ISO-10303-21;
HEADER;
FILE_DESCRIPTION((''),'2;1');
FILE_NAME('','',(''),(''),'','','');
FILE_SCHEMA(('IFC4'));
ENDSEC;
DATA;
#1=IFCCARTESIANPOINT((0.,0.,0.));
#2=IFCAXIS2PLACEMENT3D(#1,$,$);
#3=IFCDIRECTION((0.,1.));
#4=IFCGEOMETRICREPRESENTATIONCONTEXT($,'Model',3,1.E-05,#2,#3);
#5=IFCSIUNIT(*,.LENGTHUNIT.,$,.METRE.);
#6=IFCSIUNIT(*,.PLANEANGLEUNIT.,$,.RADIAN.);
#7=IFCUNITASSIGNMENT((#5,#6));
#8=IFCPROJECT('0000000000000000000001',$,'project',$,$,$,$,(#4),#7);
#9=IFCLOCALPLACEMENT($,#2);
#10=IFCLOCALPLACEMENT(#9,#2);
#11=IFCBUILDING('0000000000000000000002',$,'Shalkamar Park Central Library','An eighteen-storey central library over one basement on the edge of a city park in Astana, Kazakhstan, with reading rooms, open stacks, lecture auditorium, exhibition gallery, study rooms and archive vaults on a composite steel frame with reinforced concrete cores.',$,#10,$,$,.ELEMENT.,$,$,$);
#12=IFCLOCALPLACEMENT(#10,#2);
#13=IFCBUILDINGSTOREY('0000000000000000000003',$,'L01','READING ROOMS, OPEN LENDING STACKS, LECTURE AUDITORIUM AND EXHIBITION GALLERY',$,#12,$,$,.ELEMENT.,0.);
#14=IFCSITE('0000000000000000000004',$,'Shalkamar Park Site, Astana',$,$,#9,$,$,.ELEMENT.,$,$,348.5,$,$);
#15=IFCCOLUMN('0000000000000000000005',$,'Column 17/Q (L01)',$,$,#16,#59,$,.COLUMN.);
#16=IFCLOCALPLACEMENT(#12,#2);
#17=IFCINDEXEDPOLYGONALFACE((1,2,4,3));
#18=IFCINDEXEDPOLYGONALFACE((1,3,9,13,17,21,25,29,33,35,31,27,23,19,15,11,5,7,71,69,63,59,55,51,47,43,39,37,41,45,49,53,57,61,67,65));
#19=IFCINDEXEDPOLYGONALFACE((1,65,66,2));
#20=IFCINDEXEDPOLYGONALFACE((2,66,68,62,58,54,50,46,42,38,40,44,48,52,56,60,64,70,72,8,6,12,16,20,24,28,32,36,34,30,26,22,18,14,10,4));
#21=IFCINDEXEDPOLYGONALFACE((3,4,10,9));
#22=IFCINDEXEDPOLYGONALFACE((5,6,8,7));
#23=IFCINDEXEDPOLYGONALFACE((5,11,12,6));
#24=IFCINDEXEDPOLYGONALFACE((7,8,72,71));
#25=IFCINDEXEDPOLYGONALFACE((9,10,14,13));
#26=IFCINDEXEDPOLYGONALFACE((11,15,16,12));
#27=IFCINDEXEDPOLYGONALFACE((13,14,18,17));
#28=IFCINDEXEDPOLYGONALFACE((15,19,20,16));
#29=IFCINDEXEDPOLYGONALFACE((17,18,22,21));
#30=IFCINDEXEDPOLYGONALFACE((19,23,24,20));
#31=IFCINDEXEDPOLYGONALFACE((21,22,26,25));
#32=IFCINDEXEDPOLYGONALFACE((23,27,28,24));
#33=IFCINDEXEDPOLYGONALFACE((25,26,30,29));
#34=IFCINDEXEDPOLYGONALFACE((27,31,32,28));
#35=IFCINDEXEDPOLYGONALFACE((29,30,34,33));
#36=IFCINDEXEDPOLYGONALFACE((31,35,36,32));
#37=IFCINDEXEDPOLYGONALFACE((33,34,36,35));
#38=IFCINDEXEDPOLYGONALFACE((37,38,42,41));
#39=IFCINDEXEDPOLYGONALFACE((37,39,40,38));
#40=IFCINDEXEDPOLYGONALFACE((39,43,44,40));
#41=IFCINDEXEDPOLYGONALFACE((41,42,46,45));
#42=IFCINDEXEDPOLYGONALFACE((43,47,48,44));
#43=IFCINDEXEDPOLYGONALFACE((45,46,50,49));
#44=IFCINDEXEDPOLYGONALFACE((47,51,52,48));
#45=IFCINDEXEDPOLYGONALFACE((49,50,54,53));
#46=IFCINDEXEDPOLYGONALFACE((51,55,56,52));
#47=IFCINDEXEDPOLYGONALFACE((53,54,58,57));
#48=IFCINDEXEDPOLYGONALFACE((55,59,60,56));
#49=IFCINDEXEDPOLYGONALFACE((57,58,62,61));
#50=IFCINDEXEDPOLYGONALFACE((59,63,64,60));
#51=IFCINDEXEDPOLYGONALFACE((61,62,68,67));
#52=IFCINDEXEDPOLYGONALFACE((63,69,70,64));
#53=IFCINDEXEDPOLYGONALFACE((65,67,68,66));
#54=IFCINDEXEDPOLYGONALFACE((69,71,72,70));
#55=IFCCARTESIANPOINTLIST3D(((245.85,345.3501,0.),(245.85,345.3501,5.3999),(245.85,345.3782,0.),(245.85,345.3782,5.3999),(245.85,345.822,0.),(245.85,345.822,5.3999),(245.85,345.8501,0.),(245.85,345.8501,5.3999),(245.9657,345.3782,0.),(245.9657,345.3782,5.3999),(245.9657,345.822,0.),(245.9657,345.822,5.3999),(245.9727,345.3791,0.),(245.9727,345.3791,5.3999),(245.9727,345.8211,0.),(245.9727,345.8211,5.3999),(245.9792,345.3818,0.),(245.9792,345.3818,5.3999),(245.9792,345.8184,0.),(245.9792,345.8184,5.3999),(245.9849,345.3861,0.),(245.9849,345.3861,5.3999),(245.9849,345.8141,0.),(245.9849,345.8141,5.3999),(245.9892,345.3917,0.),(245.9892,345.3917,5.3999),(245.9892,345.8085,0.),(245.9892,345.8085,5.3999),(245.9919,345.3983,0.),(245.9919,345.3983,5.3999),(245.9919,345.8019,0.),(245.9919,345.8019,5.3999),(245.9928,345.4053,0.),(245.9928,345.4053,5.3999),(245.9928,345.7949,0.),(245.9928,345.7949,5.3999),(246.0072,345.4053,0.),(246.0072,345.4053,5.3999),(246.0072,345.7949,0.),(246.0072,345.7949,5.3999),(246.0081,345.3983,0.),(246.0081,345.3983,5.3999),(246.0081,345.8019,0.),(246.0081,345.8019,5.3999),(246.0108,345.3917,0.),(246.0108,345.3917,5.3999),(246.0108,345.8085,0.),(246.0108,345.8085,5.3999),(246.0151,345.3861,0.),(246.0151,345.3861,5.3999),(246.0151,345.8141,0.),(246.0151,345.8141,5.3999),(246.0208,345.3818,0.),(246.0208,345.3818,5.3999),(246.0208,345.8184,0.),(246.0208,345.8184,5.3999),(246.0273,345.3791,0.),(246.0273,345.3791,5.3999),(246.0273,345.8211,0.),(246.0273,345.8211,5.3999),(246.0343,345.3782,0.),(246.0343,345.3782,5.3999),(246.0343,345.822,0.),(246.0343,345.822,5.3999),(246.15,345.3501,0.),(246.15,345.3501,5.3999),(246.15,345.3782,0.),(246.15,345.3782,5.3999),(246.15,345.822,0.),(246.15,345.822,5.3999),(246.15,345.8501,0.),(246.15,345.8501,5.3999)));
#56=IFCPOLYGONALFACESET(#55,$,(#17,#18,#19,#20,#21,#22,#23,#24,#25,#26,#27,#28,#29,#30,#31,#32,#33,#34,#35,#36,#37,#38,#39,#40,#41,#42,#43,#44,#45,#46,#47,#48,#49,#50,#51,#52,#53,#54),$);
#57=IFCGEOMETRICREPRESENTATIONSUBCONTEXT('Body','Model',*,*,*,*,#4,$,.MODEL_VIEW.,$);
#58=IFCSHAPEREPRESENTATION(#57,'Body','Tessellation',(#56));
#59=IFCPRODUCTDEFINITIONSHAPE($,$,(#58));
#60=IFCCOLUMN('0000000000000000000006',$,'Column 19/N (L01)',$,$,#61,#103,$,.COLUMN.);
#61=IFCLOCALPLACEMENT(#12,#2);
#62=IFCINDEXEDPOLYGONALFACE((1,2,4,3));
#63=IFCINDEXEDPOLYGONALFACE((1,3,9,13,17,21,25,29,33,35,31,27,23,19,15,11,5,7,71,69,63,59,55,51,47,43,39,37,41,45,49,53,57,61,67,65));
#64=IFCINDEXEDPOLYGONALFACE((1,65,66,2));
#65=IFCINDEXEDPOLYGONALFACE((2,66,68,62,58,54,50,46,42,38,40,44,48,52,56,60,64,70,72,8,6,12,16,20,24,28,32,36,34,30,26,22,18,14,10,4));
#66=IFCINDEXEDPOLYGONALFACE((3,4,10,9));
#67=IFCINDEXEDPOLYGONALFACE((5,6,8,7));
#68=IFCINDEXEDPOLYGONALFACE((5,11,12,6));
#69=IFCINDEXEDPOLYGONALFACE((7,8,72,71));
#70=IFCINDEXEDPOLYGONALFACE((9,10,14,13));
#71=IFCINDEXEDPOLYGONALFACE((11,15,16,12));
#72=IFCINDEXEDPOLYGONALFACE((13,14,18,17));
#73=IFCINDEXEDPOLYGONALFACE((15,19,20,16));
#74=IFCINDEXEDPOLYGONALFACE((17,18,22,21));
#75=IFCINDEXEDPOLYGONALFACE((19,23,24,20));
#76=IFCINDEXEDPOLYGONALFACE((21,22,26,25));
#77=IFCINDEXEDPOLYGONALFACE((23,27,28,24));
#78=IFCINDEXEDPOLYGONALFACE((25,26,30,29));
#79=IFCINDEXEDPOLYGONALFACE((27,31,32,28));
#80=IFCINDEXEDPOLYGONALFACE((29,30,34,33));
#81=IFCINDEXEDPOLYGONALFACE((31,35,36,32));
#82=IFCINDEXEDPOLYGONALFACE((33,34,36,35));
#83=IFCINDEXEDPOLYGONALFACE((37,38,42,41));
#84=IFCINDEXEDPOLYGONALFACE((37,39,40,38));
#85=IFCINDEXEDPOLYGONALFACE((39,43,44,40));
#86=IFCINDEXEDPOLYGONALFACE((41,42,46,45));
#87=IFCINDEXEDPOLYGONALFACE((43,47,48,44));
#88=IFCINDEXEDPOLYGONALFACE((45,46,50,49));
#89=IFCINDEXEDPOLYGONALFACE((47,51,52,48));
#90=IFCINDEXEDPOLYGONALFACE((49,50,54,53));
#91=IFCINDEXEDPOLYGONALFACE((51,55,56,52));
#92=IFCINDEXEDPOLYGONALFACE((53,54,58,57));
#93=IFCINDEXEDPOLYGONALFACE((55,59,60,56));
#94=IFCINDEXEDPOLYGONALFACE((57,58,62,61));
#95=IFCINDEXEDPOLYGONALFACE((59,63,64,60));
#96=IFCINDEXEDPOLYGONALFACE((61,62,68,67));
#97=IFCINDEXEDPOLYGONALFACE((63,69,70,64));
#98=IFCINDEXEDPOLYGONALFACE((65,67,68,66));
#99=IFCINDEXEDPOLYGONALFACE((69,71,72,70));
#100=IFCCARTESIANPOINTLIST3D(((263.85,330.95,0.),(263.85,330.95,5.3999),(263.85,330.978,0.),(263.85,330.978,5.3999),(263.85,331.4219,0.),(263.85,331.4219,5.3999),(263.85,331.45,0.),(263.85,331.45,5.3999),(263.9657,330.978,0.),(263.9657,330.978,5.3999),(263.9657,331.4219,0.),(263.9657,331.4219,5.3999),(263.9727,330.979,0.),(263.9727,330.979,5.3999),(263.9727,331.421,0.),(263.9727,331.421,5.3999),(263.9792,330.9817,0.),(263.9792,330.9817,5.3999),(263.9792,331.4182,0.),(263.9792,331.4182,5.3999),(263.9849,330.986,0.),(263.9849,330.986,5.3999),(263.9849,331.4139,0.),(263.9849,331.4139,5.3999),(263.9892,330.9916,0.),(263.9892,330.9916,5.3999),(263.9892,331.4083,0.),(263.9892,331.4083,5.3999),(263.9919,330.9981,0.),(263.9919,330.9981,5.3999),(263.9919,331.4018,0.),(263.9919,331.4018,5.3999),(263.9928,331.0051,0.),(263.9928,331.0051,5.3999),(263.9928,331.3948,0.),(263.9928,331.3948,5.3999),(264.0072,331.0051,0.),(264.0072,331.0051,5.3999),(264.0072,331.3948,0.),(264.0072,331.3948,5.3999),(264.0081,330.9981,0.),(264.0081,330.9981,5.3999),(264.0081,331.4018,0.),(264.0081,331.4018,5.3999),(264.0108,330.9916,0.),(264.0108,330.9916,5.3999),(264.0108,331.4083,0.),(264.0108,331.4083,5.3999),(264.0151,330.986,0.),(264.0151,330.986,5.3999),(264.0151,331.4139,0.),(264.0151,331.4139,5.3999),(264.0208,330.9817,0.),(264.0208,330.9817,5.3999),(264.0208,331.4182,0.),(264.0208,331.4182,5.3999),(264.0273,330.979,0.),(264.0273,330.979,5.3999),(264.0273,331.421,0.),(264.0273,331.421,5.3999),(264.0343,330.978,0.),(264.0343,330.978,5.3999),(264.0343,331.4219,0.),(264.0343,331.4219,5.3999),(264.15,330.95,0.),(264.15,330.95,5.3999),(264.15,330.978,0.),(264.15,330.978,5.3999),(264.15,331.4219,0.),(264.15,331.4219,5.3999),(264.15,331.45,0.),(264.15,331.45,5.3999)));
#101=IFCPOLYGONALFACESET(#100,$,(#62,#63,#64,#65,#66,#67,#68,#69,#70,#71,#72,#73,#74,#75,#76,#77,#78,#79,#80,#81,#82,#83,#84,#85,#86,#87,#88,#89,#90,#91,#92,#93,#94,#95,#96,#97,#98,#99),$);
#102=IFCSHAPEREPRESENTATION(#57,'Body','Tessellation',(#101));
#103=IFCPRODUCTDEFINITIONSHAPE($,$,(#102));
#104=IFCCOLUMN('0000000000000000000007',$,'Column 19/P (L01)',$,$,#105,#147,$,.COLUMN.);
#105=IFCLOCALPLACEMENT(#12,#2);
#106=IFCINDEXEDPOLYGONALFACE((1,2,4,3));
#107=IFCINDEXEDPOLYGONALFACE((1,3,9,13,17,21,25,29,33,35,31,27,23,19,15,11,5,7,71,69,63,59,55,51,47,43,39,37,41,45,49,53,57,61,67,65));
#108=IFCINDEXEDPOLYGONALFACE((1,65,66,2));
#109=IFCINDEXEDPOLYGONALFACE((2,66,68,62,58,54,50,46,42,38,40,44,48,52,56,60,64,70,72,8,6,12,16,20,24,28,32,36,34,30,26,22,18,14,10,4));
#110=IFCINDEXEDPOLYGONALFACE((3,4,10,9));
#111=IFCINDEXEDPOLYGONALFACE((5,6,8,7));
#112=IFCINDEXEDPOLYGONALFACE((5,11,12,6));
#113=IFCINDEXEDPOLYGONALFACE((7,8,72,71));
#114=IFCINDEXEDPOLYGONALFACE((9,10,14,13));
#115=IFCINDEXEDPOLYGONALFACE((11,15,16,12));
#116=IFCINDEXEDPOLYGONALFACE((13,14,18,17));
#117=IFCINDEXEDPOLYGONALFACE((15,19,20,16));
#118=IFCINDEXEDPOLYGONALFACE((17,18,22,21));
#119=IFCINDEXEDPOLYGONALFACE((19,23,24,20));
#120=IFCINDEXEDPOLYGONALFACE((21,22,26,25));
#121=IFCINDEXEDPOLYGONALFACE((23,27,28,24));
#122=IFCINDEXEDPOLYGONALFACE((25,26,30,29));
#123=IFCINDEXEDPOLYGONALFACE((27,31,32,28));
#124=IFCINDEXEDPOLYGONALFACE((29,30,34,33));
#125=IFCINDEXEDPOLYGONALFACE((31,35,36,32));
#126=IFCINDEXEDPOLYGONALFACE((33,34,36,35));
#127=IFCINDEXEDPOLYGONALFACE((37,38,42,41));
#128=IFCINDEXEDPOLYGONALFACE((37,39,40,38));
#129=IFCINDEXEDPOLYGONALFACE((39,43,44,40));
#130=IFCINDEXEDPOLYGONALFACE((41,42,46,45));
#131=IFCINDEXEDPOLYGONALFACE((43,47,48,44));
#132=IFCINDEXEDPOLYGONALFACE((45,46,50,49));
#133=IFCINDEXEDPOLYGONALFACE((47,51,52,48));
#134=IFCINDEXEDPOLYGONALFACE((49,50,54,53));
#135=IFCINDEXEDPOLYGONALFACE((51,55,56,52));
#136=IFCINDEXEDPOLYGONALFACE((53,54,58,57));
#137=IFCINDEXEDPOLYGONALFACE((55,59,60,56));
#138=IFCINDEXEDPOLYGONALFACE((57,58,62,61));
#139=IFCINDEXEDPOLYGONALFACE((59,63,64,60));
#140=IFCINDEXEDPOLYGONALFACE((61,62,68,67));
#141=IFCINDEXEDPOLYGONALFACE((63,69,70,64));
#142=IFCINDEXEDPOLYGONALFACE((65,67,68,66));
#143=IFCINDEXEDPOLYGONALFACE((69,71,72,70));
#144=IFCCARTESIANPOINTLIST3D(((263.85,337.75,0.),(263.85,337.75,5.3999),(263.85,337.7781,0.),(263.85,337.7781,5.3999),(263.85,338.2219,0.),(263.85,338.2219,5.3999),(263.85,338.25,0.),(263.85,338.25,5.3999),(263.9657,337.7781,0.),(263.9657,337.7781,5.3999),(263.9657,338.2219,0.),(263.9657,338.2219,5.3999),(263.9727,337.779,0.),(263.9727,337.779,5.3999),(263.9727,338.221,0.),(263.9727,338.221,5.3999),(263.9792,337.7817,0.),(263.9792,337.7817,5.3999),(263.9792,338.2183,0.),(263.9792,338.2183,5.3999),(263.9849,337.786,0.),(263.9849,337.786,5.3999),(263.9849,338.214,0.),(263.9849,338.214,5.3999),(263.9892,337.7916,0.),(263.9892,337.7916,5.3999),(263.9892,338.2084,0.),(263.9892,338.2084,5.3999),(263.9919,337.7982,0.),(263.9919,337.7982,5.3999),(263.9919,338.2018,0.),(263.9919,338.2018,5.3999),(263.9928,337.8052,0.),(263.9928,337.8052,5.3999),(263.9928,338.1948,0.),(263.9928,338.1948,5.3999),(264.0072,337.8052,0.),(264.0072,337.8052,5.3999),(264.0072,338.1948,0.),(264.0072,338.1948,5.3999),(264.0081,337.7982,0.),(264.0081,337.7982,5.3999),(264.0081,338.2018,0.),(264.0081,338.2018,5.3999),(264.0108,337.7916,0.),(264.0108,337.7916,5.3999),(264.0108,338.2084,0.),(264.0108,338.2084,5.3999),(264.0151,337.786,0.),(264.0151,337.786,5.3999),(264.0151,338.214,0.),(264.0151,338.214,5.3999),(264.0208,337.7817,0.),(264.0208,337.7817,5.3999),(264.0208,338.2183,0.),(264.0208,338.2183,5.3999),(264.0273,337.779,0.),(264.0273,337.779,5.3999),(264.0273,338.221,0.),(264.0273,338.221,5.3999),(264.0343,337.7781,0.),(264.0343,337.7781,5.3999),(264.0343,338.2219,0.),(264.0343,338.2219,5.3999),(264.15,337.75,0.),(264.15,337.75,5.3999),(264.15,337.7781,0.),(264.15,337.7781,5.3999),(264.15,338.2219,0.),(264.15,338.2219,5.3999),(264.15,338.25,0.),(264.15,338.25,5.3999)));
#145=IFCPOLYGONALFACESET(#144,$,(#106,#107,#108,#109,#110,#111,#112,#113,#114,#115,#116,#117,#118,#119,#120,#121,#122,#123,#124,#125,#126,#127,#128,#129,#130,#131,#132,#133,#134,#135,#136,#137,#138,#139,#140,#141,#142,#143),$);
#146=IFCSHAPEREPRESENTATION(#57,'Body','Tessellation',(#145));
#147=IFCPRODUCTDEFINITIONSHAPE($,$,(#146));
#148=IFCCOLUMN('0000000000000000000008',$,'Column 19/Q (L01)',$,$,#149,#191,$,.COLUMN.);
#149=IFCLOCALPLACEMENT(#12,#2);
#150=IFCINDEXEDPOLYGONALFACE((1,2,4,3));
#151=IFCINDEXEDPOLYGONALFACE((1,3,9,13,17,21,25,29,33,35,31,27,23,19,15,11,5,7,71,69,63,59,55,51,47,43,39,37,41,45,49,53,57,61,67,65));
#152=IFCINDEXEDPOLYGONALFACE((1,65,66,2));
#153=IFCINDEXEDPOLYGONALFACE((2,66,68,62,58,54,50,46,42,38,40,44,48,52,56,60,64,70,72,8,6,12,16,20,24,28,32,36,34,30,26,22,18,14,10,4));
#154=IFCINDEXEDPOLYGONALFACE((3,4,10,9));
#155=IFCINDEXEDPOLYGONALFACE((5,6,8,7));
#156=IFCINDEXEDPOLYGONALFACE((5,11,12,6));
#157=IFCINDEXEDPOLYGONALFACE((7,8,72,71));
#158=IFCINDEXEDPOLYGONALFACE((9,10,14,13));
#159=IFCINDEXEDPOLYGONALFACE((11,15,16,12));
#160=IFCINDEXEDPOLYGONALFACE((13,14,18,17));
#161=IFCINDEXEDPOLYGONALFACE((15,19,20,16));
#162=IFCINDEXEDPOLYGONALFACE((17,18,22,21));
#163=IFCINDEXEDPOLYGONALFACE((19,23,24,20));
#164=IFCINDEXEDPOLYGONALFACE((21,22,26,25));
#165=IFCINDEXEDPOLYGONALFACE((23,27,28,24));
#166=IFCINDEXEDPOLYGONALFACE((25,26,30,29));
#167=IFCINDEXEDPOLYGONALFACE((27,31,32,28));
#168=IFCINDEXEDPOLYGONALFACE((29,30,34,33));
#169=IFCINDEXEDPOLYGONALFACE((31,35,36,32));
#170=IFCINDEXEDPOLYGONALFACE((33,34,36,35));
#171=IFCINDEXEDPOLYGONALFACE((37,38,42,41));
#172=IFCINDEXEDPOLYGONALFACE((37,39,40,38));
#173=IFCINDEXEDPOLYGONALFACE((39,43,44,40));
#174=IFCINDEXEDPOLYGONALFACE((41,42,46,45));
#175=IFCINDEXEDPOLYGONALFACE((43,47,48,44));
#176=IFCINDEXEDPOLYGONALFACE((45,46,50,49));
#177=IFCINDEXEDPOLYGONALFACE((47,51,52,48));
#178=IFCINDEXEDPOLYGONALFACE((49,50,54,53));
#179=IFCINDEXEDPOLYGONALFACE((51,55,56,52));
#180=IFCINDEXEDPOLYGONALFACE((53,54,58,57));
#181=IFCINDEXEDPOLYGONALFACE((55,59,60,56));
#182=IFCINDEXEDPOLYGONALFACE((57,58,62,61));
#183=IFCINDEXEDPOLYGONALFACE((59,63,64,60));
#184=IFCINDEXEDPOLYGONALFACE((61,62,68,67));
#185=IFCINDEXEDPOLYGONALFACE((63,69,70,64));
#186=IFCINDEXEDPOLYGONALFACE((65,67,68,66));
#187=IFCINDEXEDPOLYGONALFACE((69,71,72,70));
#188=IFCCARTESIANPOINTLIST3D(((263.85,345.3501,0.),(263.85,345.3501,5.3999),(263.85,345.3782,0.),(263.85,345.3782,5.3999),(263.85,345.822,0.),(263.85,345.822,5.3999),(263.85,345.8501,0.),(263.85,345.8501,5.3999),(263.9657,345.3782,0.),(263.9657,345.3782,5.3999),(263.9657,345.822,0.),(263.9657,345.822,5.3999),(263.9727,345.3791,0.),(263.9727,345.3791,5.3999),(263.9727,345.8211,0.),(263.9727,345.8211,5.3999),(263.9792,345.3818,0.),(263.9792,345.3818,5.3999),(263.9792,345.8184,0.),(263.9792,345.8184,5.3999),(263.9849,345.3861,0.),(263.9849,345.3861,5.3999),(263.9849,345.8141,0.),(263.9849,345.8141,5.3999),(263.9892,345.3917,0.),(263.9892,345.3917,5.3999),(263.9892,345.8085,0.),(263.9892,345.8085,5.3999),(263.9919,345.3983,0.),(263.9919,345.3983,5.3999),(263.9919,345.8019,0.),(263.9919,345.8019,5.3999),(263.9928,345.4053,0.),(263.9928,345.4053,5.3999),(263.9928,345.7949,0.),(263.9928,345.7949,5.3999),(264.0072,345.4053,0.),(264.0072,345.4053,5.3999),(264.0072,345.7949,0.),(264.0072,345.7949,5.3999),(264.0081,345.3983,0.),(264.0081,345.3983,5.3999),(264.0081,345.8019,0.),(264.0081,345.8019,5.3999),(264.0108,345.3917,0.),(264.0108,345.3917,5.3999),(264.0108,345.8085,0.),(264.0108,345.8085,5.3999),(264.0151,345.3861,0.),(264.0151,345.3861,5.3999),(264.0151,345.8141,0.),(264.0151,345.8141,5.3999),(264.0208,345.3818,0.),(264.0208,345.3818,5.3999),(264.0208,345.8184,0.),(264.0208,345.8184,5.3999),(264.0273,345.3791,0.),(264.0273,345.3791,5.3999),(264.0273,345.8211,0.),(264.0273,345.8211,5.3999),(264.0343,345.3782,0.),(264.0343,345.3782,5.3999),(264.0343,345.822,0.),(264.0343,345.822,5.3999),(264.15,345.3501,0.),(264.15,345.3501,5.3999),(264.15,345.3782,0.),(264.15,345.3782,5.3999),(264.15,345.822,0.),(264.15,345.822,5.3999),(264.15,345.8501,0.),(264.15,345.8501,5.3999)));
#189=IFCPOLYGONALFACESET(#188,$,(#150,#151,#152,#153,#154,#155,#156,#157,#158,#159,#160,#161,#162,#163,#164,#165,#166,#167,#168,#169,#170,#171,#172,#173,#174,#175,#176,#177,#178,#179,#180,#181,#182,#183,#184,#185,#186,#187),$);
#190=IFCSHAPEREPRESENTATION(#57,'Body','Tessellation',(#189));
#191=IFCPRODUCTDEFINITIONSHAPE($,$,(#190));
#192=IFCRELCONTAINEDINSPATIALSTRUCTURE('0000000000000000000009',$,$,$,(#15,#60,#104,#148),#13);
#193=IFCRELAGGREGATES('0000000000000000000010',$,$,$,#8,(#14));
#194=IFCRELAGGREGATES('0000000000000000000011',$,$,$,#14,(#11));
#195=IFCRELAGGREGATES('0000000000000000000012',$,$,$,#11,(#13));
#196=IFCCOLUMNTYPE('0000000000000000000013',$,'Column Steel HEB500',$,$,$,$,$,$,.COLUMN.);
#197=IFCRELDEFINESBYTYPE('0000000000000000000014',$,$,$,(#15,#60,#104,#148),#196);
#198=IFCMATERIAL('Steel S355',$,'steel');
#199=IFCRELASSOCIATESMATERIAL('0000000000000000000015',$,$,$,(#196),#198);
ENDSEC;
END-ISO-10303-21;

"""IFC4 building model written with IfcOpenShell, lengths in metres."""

from ifc_helpers import new_model, si_unit, direction, frame, origin, origin_2d, place, context, subcontext, project, spatial, i_section, extrude, material, material_profile, profile_set, type_object, element, save


model = new_model("IFC4")

# Units and contexts
model_context = context("Model", 3, precision=1e-05, world=origin(), true_north=direction((0.0, 1.0)))
body_context = subcontext(model_context, "Body", "Model", "MODEL_VIEW")
ifc_project = project(units=[si_unit("LENGTHUNIT", "METRE"), si_unit("PLANEANGLEUNIT", "RADIAN")], contexts=[model_context])

# Site, building, storey
site_placement = place(None, origin())
site = spatial("IfcSite", under=ifc_project, at=site_placement, Name="Shalkamar Park Site, Astana", CompositionType="ELEMENT", RefElevation=348.5)
building_placement = place(site_placement, origin())
building = spatial("IfcBuilding", under=site, at=building_placement, Name="Shalkamar Park Central Library", Description="An eighteen-storey central library over one basement on the edge of a city park in Astana, Kazakhstan, with reading rooms, open stacks, lecture auditorium, exhibition gallery, study rooms and archive vaults on a composite steel frame with reinforced concrete cores.", CompositionType="ELEMENT")
storey_placement = place(building_placement, origin())
storey = spatial("IfcBuildingStorey", under=building, at=storey_placement, Name="L01", Description="READING ROOMS, OPEN LENDING STACKS, LECTURE AUDITORIUM AND EXHIBITION GALLERY", CompositionType="ELEMENT", Elevation=0.0)

# Columns
ifc_material_1 = material(Name="Steel S355", Category="steel")
ifc_material_profile_1 = material_profile(ifc_material_1, i_section(OverallWidth=0.3, OverallDepth=0.5, WebThickness=0.0144, FlangeThickness=0.0281, FilletRadius=0.0271, at=origin_2d()), Name="HEB 500")
ifc_profile_set_1 = profile_set([ifc_material_profile_1], Name="Steel S355")
column_type_1 = type_object("IfcColumnType", Name="Column Steel HEB500", PredefinedType="COLUMN", material=ifc_profile_set_1)
for number, where, z_axis, x_axis, name in (
    (1, (246.0, 345.6001, 0.0), (0.0, 0.0, 1.0), (1.0, 0.0, 0.0), "Column 17/Q (L01)"),
    (2, (264.0, 331.2, 0.0), (0.0, 0.0, 1.0), (1.0, 0.0, 0.0), "Column 19/N (L01)"),
    (3, (264.0, 338.0, 0.0), (0.0, 0.0, 1.0), (1.0, 0.0, 0.0), "Column 19/P (L01)"),
    (4, (264.0, 345.6001, 0.0), (0.0, 0.0, 1.0), (1.0, 0.0, 0.0), "Column 19/Q (L01)"),
):
    element("IfcColumn", number, at=place(storey_placement, frame(where, z_axis=z_axis, x_axis=x_axis)), inside=storey, type_object=column_type_1, Name=name, PredefinedType="COLUMN", context=body_context, shape_type="SweptSolid", body=[
        extrude(i_section(OverallWidth=0.3, OverallDepth=0.5, WebThickness=0.0144, FlangeThickness=0.0281, FilletRadius=0.0271, at=origin_2d()), origin(), (0.0, 0.0, 1.0), 5.3999),
    ])

save(model, "model.ifc")
